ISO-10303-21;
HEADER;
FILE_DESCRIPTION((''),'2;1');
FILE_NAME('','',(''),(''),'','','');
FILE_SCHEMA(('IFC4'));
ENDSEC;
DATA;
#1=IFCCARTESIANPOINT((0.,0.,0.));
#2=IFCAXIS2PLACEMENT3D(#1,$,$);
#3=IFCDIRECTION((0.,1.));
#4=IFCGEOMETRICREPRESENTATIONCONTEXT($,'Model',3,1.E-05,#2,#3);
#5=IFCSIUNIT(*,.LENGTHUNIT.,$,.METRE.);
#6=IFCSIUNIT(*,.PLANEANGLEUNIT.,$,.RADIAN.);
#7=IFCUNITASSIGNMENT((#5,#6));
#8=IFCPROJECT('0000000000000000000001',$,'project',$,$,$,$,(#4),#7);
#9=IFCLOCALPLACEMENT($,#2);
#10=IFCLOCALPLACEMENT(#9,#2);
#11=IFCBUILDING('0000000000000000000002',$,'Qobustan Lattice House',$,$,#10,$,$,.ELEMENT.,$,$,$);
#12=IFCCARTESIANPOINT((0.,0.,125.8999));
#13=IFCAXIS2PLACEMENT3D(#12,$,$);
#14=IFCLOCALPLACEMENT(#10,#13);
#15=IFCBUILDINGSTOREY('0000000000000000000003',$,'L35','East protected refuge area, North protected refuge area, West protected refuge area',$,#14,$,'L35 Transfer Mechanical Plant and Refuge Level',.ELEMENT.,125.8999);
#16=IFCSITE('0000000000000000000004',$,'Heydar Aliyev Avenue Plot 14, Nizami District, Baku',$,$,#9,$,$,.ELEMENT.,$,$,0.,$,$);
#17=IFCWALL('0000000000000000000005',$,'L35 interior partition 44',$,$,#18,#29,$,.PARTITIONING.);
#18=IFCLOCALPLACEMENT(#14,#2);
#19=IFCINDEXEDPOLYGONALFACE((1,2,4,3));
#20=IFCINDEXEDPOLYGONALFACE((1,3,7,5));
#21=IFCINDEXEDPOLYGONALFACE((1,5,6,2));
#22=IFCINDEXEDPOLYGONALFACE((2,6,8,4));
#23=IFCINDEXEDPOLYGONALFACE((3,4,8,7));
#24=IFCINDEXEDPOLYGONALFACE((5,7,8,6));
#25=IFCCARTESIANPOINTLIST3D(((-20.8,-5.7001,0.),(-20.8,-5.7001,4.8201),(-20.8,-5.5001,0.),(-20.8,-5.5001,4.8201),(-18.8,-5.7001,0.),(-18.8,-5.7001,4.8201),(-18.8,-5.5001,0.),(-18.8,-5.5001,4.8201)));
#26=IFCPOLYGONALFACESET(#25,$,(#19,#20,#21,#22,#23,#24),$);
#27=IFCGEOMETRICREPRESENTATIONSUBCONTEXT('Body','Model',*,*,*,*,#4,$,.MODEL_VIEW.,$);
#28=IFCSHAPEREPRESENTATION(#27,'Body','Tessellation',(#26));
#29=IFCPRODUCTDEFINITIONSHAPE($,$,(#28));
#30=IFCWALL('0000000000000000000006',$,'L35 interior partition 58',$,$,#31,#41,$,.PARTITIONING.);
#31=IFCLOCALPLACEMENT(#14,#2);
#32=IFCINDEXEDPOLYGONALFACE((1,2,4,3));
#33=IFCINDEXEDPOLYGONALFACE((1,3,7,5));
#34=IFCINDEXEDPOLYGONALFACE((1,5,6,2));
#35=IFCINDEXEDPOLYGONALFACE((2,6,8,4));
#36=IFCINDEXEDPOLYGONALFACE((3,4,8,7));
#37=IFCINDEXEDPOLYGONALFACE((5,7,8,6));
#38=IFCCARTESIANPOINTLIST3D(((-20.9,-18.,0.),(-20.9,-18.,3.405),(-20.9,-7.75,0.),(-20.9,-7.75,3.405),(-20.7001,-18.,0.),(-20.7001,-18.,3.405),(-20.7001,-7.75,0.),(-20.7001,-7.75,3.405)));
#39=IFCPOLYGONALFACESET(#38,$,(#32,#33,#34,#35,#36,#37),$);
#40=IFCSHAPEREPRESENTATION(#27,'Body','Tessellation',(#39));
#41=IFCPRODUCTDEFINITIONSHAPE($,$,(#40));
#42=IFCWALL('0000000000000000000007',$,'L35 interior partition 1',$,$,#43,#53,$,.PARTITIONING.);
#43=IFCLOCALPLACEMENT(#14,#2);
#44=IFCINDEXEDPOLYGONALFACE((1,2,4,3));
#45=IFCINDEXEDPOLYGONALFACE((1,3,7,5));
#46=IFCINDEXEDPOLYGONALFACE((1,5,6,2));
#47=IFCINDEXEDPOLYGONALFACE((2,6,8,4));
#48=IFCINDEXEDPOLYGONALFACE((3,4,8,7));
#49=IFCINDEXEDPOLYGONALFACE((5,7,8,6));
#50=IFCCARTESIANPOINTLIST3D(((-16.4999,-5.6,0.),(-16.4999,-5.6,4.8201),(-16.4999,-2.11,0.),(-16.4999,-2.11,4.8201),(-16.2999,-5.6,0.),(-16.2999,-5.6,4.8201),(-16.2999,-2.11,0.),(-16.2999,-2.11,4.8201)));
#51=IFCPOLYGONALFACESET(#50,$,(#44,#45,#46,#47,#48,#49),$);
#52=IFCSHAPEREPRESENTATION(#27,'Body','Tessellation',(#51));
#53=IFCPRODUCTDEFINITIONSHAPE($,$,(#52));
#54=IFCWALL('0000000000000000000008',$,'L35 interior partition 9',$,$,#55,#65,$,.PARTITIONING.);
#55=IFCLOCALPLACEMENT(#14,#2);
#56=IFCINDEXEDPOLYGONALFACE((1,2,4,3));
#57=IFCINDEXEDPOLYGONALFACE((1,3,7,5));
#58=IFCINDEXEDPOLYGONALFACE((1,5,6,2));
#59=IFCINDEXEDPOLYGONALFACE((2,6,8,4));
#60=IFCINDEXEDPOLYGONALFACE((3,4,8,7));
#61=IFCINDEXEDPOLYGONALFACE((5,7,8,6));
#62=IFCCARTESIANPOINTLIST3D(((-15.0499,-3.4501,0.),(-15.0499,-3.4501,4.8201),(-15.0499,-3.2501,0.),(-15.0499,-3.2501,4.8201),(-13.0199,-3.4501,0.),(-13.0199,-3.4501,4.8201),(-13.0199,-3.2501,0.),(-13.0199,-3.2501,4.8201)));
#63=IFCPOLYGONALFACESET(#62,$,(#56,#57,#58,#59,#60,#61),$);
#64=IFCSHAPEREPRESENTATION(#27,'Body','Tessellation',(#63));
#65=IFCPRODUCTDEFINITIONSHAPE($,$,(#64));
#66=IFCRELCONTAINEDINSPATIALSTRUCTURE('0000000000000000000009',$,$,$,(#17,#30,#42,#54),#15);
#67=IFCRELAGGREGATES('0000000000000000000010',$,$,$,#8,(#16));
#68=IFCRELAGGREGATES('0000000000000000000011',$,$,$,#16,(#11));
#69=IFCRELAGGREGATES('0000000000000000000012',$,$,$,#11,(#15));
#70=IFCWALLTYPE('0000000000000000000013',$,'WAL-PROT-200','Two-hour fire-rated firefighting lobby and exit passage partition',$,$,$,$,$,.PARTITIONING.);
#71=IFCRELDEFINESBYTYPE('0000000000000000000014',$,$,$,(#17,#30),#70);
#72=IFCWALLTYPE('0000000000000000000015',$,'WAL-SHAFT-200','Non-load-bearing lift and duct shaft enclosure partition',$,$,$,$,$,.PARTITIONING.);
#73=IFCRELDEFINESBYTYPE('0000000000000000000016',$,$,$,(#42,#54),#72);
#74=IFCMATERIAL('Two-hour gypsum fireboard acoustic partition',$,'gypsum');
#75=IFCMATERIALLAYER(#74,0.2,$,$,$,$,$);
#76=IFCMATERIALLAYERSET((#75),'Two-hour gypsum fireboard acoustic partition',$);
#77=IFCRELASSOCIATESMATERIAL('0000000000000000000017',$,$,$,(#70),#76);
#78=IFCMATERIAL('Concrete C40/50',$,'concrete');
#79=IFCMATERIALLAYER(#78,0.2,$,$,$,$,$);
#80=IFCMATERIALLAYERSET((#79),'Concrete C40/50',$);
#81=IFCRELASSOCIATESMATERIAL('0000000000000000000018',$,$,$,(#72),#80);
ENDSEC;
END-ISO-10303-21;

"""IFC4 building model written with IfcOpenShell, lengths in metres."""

from ifc_helpers import new_model, si_unit, direction, frame, frame_2d, origin, place, context, subcontext, project, spatial, rectangle, extrude, material, layer, layer_set, type_object, element, save


model = new_model("IFC4")

# Units and contexts
model_context = context("Model", 3, precision=1e-05, world=origin(), true_north=direction((0.0, 1.0)))
body_context = subcontext(model_context, "Body", "Model", "MODEL_VIEW")
ifc_project = project(units=[si_unit("LENGTHUNIT", "METRE"), si_unit("PLANEANGLEUNIT", "RADIAN")], contexts=[model_context])

# Site, building, storey
site_placement = place(None, origin())
site = spatial("IfcSite", under=ifc_project, at=site_placement, Name="Heydar Aliyev Avenue Plot 14, Nizami District, Baku", CompositionType="ELEMENT", RefElevation=0.0)
building_placement = place(site_placement, origin())
building = spatial("IfcBuilding", under=site, at=building_placement, Name="Qobustan Lattice House", CompositionType="ELEMENT")
storey_placement = place(building_placement, frame((0.0, 0.0, 125.8999)))
storey = spatial("IfcBuildingStorey", under=building, at=storey_placement, Name="L35", Description="East protected refuge area, North protected refuge area, West protected refuge area", LongName="L35 Transfer Mechanical Plant and Refuge Level", CompositionType="ELEMENT", Elevation=125.8999)

# Walls
ifc_material_1 = material(Name="Two-hour gypsum fireboard acoustic partition", Category="gypsum")
ifc_layer_1 = layer(ifc_material_1, 0.2)
ifc_layer_set_1 = layer_set([ifc_layer_1], Name="Two-hour gypsum fireboard acoustic partition")
wall_type_1 = type_object("IfcWallType", Name="WAL-PROT-200", Description="Two-hour fire-rated firefighting lobby and exit passage partition", PredefinedType="PARTITIONING", material=ifc_layer_set_1)
wall_1_placement = place(storey_placement, frame((-20.8, -5.6001, 0.0), z_axis=(0.0, 0.0, 1.0), x_axis=(1.0, 0.0, 0.0)))
element("IfcWall", 1, at=wall_1_placement, inside=storey, type_object=wall_type_1, Name="L35 interior partition 44", PredefinedType="PARTITIONING", context=body_context, shape_type="SweptSolid", body=[
    extrude(rectangle(XDim=2.0, YDim=0.2, at=frame_2d((1.0, 0.0))), origin(), (0.0, 0.0, 1.0), 4.8201),
])
wall_2_placement = place(storey_placement, frame((-20.8, -7.75, 0.0), z_axis=(0.0, 0.0, 1.0), x_axis=(0.0, -1.0, 0.0)))
element("IfcWall", 2, at=wall_2_placement, inside=storey, type_object=wall_type_1, Name="L35 interior partition 58", PredefinedType="PARTITIONING", context=body_context, shape_type="SweptSolid", body=[
    extrude(rectangle(XDim=10.25, YDim=0.2, at=frame_2d((5.125, 0.0))), origin(), (0.0, 0.0, 1.0), 3.405),
])
ifc_material_2 = material(Name="Concrete C40/50", Category="concrete")
ifc_layer_2 = layer(ifc_material_2, 0.2)
ifc_layer_set_2 = layer_set([ifc_layer_2], Name="Concrete C40/50")
wall_type_2 = type_object("IfcWallType", Name="WAL-SHAFT-200", Description="Non-load-bearing lift and duct shaft enclosure partition", PredefinedType="PARTITIONING", material=ifc_layer_set_2)
wall_3_placement = place(storey_placement, frame((-16.3999, -5.6001, 0.0), z_axis=(0.0, 0.0, 1.0), x_axis=(0.0, 1.0, 0.0)))
element("IfcWall", 3, at=wall_3_placement, inside=storey, type_object=wall_type_2, Name="L35 interior partition 1", PredefinedType="PARTITIONING", context=body_context, shape_type="SweptSolid", body=[
    extrude(rectangle(XDim=3.49, YDim=0.2, at=frame_2d((1.7451, 0.0))), origin(), (0.0, 0.0, 1.0), 4.8201),
])
wall_4_placement = place(storey_placement, frame((-15.05, -3.3501, 0.0), z_axis=(0.0, 0.0, 1.0), x_axis=(1.0, 0.0, 0.0)))
element("IfcWall", 4, at=wall_4_placement, inside=storey, type_object=wall_type_2, Name="L35 interior partition 9", PredefinedType="PARTITIONING", context=body_context, shape_type="SweptSolid", body=[
    extrude(rectangle(XDim=2.03, YDim=0.2, at=frame_2d((1.0151, 0.0))), origin(), (0.0, 0.0, 1.0), 4.8201),
])

save(model, "model.ifc")
